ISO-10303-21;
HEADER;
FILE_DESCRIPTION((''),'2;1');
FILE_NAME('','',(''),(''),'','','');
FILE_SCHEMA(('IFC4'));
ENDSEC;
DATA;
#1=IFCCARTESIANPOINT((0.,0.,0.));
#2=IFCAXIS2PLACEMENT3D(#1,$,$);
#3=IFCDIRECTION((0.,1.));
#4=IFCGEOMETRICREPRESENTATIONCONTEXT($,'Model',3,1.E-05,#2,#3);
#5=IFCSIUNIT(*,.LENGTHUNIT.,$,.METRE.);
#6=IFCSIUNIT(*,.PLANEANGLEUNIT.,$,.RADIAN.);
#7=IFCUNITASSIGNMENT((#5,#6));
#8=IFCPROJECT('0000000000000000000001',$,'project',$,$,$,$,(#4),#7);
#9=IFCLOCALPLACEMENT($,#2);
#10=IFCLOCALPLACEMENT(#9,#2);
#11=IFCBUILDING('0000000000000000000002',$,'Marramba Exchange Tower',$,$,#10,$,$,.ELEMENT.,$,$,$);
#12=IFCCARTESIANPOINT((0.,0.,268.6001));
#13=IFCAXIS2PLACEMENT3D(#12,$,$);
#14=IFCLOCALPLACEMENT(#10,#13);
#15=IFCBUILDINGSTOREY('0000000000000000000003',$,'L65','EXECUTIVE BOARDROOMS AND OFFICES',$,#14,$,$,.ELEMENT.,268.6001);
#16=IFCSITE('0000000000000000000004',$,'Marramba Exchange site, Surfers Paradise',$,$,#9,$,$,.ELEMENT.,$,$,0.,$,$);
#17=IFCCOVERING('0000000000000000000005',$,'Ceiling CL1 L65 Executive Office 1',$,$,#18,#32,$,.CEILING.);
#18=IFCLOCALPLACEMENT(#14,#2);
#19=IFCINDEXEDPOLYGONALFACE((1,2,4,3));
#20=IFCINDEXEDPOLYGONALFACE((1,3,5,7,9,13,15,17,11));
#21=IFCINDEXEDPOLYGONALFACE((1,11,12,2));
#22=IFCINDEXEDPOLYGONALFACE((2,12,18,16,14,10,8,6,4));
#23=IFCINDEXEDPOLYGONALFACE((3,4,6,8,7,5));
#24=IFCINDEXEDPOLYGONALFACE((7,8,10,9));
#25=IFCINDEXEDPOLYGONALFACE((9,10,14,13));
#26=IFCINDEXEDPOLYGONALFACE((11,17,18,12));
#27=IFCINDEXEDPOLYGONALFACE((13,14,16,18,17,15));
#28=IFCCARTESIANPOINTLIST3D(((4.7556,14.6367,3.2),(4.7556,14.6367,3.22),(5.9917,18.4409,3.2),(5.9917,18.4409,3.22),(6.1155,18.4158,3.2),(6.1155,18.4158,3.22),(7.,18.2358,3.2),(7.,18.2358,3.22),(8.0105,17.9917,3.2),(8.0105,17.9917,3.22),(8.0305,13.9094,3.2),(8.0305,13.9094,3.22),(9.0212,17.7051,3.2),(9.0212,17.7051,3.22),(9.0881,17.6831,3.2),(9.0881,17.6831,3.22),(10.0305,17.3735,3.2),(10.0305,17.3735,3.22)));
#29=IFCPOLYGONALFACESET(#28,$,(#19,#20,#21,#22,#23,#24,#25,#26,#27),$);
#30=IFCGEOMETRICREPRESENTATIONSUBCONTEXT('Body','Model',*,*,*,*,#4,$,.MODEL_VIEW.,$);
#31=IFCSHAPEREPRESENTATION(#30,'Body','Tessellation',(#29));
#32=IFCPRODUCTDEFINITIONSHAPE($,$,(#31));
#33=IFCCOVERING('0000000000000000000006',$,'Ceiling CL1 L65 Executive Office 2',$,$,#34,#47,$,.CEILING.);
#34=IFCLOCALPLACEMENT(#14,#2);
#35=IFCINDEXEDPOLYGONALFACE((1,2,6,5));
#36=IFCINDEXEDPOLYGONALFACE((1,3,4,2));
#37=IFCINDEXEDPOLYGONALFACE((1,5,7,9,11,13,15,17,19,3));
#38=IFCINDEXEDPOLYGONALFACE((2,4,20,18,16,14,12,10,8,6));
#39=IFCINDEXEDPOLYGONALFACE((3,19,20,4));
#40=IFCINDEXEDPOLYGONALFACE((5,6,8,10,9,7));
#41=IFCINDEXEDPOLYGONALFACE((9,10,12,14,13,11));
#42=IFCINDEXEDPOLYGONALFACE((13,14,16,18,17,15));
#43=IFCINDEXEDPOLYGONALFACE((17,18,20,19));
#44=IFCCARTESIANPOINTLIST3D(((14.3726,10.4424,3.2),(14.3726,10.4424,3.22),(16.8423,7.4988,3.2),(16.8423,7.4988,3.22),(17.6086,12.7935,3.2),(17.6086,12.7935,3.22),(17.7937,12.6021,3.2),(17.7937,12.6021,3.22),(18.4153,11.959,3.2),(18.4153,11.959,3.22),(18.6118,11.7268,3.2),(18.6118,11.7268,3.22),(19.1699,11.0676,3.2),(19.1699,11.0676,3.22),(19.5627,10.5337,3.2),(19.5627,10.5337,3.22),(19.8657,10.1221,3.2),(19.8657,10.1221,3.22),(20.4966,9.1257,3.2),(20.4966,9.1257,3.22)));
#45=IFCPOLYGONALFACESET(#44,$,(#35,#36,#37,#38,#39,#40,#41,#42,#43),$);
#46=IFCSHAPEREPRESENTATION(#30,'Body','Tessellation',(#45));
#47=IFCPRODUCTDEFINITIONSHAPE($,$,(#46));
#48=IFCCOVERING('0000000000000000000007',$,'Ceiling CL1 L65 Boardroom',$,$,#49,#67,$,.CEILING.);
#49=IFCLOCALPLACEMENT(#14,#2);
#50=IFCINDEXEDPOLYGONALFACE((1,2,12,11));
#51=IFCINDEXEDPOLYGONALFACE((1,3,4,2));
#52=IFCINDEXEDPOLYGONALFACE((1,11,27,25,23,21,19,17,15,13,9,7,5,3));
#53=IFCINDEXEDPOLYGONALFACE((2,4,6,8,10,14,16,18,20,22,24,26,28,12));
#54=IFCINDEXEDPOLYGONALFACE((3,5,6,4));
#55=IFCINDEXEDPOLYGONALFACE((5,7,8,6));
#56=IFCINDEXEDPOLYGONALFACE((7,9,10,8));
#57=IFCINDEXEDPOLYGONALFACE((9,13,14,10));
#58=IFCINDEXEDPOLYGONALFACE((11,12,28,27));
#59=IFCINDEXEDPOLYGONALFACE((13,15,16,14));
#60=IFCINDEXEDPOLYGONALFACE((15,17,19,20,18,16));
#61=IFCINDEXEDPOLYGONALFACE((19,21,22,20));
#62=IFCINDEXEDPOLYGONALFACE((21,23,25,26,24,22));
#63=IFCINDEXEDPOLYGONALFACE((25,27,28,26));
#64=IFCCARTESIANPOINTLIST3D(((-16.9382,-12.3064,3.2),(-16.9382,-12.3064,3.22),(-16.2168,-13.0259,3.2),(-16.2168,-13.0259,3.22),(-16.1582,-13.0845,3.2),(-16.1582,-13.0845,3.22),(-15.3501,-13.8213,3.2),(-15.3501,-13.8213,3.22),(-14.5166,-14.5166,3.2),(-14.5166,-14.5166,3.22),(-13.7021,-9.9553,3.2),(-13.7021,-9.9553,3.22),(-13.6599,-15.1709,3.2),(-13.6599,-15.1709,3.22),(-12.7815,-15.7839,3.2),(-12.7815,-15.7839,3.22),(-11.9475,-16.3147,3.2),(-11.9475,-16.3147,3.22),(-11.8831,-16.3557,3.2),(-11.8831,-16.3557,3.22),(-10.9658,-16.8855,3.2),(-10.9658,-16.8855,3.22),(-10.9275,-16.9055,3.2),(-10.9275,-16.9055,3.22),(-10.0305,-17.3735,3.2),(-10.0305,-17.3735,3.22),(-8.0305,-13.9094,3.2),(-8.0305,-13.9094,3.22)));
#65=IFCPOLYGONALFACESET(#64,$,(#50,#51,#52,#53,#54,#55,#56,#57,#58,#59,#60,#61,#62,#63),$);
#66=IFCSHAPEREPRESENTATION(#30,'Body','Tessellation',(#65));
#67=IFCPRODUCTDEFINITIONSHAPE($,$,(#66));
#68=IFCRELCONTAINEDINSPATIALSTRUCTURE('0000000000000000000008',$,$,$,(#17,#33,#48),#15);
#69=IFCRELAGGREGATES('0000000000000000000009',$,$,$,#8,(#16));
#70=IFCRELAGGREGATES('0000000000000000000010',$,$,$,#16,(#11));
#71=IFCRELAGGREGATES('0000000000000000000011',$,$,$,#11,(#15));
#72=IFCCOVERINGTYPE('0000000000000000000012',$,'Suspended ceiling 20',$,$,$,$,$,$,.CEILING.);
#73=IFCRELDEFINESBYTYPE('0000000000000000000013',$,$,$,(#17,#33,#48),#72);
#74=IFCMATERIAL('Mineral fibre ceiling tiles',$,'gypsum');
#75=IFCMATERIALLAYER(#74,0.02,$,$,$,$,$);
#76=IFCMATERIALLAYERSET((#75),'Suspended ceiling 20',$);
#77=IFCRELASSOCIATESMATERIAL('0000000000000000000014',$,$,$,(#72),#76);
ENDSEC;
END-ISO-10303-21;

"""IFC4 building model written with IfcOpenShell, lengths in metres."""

from ifc_helpers import new_model, si_unit, direction, frame, origin, place, context, subcontext, project, spatial, polyline, outline, extrude, material, layer, layer_set, type_object, element, save


model = new_model("IFC4")

# Units and contexts
model_context = context("Model", 3, precision=1e-05, world=origin(), true_north=direction((0.0, 1.0)))
body_context = subcontext(model_context, "Body", "Model", "MODEL_VIEW")
ifc_project = project(units=[si_unit("LENGTHUNIT", "METRE"), si_unit("PLANEANGLEUNIT", "RADIAN")], contexts=[model_context])

# Site, building, storey
site_placement = place(None, origin())
site = spatial("IfcSite", under=ifc_project, at=site_placement, Name="Marramba Exchange site, Surfers Paradise", CompositionType="ELEMENT", RefElevation=0.0)
building_placement = place(site_placement, origin())
building = spatial("IfcBuilding", under=site, at=building_placement, Name="Marramba Exchange Tower", CompositionType="ELEMENT")
storey_placement = place(building_placement, frame((0.0, 0.0, 268.6001)))
storey = spatial("IfcBuildingStorey", under=building, at=storey_placement, Name="L65", Description="EXECUTIVE BOARDROOMS AND OFFICES", CompositionType="ELEMENT", Elevation=268.6001)

# Coverings
ifc_material_1 = material(Name="Mineral fibre ceiling tiles", Category="gypsum")
ifc_layer_1 = layer(ifc_material_1, 0.02)
ifc_layer_set_1 = layer_set([ifc_layer_1], Name="Suspended ceiling 20")
covering_type = type_object("IfcCoveringType", Name="Suspended ceiling 20", PredefinedType="CEILING", material=ifc_layer_set_1)
covering_1_placement = place(storey_placement, frame((0.0, 0.0, 3.2)))
element("IfcCovering", 1, at=covering_1_placement, inside=storey, type_object=covering_type, Name="Ceiling CL1 L65 Executive Office 1", PredefinedType="CEILING", context=body_context, shape_type="SweptSolid", body=[
    extrude(outline(polyline([(6.1155, 18.4158), (7.0, 18.2358), (8.0105, 17.9917), (9.0212, 17.7051), (9.0881, 17.6831), (10.0305, 17.3735), (8.0305, 13.9094), (4.7556, 14.6367), (5.9917, 18.4409), (6.1155, 18.4158)])), origin(), (0.0, 0.0, 1.0), 0.02),
])
covering_2_placement = place(storey_placement, frame((0.0, 0.0, 3.2)))
element("IfcCovering", 2, at=covering_2_placement, inside=storey, type_object=covering_type, Name="Ceiling CL1 L65 Executive Office 2", PredefinedType="CEILING", context=body_context, shape_type="SweptSolid", body=[
    extrude(outline(polyline([(17.7937, 12.6021), (18.4153, 11.959), (18.6118, 11.7268), (19.1699, 11.0676), (19.5627, 10.5337), (19.8657, 10.1221), (20.4966, 9.1257), (16.8423, 7.4988), (14.3726, 10.4424), (17.6086, 12.7935), (17.7937, 12.6021)])), origin(), (0.0, 0.0, 1.0), 0.02),
])
covering_3_placement = place(storey_placement, frame((0.0, 0.0, 3.2)))
element("IfcCovering", 3, at=covering_3_placement, inside=storey, type_object=covering_type, Name="Ceiling CL1 L65 Boardroom", PredefinedType="CEILING", context=body_context, shape_type="SweptSolid", body=[
    extrude(outline(polyline([(-10.9275, -16.9055), (-10.9658, -16.8855), (-11.8831, -16.3557), (-11.9475, -16.3147), (-12.7815, -15.7839), (-13.6599, -15.1709), (-14.5166, -14.5166), (-15.3501, -13.8213), (-16.1582, -13.0845), (-16.2168, -13.0259), (-16.9382, -12.3064), (-13.7021, -9.9553), (-8.0305, -13.9094), (-10.0305, -17.3735), (-10.9275, -16.9055)])), origin(), (0.0, 0.0, 1.0), 0.02),
])

save(model, "model.ifc")
